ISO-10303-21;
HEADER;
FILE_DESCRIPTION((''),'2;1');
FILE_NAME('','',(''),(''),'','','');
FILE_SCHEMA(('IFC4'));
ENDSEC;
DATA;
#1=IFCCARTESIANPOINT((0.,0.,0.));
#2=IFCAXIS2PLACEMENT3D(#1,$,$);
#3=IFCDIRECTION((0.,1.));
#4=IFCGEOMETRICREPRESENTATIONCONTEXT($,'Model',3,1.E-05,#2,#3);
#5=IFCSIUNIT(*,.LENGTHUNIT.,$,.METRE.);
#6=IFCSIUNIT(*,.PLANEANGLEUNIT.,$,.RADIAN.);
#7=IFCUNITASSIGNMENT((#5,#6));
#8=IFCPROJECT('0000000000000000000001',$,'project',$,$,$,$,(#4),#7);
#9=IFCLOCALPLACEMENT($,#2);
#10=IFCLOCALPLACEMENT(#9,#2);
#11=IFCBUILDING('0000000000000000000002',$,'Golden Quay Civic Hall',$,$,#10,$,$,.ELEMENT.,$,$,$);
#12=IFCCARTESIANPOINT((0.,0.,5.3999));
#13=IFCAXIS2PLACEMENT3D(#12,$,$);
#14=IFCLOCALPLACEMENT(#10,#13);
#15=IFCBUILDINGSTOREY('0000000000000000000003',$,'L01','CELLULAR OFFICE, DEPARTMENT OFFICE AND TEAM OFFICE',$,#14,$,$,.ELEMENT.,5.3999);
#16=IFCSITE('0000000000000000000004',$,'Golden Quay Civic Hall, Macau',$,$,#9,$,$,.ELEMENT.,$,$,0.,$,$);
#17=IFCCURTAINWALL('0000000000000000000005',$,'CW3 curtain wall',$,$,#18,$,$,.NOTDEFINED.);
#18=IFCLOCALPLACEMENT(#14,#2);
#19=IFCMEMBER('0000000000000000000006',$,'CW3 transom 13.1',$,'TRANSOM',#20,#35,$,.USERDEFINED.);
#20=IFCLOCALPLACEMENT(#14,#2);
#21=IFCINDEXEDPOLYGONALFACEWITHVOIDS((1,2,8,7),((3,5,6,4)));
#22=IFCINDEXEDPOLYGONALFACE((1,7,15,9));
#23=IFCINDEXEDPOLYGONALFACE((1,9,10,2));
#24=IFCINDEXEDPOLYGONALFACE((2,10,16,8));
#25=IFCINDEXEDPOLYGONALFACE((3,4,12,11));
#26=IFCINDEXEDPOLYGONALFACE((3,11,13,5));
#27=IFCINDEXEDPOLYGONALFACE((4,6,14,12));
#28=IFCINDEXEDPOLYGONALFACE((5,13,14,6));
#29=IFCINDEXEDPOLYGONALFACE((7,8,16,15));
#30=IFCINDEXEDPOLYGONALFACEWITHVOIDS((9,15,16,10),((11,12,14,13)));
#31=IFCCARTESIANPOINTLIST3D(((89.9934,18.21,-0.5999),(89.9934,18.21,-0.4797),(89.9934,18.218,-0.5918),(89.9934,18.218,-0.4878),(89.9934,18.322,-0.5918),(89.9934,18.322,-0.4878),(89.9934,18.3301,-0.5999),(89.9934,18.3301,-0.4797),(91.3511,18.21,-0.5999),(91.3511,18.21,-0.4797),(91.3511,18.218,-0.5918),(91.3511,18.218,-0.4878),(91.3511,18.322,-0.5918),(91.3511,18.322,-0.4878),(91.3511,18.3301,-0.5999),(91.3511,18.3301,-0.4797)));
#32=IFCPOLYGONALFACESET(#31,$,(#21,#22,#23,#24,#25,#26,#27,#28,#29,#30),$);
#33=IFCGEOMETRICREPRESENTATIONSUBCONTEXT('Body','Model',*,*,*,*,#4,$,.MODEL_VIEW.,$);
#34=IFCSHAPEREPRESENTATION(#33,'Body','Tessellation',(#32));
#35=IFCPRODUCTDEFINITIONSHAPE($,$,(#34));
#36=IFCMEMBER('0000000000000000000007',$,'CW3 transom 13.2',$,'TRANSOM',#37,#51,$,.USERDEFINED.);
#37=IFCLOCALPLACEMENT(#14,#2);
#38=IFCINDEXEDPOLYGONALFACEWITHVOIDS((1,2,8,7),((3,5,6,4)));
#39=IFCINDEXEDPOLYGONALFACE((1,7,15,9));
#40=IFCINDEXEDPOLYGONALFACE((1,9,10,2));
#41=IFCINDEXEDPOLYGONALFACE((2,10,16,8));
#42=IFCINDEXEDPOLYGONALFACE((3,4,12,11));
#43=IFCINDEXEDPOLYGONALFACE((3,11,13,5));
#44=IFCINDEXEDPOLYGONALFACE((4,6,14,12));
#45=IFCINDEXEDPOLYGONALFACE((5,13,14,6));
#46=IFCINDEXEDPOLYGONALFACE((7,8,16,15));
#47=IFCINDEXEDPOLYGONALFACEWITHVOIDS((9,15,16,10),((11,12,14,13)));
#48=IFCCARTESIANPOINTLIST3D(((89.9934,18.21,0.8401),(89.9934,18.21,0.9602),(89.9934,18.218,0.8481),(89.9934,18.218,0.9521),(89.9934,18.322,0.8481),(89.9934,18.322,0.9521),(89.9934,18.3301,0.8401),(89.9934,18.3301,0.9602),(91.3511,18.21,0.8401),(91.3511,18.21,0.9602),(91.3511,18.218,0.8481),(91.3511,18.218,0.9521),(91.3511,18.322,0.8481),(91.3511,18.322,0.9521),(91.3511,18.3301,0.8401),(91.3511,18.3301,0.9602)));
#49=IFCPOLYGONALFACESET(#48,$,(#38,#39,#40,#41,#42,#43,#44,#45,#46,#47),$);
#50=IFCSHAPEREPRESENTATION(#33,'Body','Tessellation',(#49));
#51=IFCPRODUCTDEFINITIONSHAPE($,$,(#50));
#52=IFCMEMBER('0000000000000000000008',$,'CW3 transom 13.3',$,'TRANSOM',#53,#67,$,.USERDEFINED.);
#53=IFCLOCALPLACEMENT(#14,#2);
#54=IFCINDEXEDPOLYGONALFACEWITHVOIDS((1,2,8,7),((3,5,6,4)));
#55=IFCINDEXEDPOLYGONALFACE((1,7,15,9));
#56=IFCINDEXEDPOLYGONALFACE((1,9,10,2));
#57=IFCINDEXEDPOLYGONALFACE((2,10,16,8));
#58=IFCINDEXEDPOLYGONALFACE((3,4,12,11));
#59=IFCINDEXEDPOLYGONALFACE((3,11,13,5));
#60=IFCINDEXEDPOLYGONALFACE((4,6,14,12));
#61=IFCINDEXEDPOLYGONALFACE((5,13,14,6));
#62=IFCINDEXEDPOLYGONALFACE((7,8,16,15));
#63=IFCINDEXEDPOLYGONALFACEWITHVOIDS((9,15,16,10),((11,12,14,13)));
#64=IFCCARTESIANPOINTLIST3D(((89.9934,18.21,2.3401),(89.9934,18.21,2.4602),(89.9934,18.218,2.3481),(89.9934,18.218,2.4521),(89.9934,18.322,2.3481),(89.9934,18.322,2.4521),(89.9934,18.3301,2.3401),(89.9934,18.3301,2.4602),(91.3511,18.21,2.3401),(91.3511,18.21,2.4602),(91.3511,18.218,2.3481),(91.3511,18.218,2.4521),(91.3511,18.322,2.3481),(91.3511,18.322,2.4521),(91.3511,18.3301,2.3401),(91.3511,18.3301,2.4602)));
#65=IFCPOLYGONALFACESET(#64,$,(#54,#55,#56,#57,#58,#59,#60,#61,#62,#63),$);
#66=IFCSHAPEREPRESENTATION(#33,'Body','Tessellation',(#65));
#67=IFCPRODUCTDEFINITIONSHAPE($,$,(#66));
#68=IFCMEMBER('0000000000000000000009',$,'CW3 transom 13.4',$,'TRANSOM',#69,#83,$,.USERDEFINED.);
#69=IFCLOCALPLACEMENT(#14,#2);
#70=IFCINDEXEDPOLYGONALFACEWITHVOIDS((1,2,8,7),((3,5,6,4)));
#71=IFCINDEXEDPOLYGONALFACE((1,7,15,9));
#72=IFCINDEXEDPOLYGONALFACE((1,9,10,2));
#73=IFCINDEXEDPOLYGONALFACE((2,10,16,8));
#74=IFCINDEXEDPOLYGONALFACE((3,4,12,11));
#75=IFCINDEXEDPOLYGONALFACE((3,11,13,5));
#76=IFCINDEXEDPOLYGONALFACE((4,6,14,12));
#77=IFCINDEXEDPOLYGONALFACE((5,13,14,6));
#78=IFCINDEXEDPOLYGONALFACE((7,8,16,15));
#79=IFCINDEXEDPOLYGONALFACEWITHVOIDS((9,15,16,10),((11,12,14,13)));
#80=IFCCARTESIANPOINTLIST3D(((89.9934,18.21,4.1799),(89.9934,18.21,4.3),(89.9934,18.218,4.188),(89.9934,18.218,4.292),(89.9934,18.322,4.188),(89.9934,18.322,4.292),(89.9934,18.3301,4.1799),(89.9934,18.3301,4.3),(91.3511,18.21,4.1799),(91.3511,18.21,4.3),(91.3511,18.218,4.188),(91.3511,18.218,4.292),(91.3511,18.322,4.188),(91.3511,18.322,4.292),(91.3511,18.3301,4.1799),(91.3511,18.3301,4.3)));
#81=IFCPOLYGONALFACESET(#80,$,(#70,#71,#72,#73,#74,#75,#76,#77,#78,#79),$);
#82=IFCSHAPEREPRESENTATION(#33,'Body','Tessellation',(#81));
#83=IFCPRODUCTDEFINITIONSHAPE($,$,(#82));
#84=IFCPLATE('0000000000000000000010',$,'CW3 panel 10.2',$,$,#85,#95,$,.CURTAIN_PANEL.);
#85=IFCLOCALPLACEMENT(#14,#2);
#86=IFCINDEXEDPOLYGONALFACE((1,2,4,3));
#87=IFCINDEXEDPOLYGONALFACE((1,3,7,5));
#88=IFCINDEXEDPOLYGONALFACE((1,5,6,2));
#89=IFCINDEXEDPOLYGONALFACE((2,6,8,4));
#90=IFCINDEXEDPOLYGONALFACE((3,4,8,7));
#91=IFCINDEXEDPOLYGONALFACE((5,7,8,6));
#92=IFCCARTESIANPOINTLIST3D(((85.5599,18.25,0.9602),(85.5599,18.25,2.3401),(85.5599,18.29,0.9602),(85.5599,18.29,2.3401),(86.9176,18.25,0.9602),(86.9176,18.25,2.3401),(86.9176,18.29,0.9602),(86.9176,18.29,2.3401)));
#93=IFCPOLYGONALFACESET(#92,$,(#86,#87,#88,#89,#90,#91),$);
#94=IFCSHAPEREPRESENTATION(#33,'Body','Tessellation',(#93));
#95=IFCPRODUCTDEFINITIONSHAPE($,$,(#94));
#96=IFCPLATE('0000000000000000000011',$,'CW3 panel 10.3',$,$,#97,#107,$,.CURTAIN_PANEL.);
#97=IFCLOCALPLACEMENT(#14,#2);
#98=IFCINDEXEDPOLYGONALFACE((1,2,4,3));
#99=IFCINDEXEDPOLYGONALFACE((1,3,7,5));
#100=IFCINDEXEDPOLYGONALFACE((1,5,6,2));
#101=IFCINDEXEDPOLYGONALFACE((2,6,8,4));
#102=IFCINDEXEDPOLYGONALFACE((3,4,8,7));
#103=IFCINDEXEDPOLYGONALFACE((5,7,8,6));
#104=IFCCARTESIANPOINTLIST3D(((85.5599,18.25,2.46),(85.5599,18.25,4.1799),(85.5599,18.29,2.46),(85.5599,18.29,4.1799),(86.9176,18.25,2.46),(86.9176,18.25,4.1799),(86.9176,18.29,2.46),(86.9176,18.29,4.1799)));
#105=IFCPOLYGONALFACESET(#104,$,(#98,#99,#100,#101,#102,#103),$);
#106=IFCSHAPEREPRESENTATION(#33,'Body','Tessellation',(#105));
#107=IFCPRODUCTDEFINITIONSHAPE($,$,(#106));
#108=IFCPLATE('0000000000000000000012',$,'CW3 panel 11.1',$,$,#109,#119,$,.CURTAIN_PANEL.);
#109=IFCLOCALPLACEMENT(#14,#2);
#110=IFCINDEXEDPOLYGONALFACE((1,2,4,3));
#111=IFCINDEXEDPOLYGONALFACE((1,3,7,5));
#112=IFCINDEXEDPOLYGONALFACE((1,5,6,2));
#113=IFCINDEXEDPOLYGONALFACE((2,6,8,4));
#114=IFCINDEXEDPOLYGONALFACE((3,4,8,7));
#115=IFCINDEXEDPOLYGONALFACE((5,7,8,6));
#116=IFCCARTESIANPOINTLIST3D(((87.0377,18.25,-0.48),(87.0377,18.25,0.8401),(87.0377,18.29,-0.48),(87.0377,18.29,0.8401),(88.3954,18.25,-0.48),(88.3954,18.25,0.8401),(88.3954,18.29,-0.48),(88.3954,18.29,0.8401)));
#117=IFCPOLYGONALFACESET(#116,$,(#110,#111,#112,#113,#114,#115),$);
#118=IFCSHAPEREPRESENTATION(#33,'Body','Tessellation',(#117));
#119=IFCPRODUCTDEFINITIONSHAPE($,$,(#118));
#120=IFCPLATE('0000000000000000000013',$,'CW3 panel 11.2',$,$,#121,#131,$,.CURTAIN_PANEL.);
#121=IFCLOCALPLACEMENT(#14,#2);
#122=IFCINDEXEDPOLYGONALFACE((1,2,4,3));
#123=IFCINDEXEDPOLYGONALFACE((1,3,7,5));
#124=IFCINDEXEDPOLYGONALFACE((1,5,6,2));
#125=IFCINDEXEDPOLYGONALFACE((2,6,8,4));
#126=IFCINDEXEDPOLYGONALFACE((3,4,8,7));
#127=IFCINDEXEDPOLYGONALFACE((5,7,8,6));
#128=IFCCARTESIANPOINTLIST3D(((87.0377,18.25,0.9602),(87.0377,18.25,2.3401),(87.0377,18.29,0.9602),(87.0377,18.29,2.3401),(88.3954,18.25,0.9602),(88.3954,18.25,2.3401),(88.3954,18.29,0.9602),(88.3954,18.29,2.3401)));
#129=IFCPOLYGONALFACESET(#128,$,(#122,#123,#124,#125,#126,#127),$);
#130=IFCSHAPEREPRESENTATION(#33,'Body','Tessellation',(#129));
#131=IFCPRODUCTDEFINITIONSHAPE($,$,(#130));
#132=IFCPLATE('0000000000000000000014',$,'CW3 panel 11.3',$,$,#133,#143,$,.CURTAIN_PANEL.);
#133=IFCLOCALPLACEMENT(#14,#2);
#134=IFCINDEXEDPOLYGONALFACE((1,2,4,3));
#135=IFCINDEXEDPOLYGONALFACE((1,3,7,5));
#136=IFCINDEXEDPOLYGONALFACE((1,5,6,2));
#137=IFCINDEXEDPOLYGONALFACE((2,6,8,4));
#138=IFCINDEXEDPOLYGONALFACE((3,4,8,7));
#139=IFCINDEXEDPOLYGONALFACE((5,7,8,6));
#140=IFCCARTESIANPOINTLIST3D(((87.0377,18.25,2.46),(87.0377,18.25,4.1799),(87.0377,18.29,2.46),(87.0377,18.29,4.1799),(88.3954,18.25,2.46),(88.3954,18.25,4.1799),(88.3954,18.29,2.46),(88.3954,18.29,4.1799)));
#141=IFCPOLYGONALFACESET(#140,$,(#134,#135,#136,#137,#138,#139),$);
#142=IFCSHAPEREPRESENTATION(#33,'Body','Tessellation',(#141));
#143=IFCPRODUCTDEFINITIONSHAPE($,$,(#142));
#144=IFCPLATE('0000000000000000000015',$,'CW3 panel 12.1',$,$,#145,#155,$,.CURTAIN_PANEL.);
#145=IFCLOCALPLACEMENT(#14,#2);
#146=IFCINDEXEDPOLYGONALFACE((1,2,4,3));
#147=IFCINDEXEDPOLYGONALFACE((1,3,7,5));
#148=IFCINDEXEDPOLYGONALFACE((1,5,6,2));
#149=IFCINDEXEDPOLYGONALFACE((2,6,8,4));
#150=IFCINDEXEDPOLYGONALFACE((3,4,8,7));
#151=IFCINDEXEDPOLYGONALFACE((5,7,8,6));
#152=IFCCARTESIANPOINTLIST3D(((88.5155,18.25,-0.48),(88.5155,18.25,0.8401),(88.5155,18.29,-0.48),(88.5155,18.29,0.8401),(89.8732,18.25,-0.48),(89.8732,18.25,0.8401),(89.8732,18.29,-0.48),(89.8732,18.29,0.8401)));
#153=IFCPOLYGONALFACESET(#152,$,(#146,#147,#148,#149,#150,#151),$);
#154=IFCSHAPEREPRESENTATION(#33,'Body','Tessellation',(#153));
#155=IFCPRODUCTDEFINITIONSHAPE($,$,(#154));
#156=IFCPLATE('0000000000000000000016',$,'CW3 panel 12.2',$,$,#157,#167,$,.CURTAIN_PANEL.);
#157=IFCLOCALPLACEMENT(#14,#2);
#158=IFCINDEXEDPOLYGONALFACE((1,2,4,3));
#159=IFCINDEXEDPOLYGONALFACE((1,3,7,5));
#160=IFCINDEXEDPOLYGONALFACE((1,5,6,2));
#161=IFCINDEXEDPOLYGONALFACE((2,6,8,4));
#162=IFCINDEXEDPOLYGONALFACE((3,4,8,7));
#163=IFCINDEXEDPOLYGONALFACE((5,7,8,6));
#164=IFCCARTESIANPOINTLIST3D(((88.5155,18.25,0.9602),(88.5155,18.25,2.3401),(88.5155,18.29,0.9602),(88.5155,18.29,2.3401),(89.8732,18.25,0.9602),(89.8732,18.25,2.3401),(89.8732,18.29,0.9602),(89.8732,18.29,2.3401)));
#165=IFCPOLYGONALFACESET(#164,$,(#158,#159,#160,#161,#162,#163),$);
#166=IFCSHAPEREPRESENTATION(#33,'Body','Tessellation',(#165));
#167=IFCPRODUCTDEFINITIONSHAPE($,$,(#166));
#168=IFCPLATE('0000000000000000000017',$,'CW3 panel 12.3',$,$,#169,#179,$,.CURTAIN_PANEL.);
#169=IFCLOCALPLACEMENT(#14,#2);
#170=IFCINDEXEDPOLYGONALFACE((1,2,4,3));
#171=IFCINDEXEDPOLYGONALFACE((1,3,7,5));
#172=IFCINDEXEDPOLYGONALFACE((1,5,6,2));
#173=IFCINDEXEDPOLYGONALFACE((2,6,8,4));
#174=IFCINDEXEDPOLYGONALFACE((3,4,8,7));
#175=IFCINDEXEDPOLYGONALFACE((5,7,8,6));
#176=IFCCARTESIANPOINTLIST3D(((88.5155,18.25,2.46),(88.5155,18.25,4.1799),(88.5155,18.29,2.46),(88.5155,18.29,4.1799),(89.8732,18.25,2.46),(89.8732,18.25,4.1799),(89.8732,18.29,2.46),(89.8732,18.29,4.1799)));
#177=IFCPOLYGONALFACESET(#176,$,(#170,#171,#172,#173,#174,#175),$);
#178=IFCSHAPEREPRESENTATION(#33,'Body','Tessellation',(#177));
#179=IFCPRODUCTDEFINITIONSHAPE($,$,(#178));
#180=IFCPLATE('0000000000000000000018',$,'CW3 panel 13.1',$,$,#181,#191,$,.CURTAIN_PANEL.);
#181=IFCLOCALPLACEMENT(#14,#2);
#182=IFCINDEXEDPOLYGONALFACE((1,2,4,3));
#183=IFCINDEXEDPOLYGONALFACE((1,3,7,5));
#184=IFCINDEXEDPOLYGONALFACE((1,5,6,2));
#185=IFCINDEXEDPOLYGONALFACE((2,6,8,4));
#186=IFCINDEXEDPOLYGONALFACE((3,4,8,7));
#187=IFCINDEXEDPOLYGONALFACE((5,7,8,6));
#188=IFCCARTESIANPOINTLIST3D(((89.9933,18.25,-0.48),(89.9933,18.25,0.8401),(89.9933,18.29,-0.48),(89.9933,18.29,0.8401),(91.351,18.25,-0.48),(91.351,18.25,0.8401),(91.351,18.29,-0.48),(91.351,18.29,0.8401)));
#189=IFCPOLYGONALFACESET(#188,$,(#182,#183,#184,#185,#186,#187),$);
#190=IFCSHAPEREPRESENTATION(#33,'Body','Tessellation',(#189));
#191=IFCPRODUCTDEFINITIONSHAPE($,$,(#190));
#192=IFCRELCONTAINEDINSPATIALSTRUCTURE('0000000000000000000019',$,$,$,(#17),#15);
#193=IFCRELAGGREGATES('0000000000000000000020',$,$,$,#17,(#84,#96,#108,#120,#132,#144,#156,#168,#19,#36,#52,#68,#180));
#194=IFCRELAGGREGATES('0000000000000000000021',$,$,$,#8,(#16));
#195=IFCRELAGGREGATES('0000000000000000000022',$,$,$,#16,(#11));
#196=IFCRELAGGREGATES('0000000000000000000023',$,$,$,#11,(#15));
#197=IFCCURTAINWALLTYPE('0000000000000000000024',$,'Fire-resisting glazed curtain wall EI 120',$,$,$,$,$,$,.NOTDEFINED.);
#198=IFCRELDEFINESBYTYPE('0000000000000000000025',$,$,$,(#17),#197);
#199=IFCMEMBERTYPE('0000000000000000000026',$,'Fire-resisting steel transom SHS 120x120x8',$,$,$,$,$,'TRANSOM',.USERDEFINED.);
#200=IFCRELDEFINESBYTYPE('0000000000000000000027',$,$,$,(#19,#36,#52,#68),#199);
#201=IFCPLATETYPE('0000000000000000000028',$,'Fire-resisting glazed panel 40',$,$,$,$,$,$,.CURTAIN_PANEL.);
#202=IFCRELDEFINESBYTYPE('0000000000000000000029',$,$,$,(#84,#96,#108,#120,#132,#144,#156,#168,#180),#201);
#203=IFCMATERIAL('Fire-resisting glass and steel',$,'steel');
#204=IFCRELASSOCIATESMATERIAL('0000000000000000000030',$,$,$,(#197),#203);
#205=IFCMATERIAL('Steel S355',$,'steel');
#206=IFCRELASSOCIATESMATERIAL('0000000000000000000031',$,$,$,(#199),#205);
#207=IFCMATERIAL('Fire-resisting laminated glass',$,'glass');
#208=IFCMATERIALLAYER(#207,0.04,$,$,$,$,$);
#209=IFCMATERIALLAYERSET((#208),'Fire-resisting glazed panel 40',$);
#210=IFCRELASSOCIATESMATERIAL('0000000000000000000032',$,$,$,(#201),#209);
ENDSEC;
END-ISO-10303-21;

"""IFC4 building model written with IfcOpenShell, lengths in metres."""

from ifc_helpers import new_model, si_unit, direction, frame, origin, origin_2d, place, context, subcontext, project, spatial, rectangle, hollow_rectangle, extrude, material, layer, layer_set, material_profile, profile_set, type_object, element, aggregate, save


model = new_model("IFC4")

# Units and contexts
model_context = context("Model", 3, precision=1e-05, world=origin(), true_north=direction((0.0, 1.0)))
body_context = subcontext(model_context, "Body", "Model", "MODEL_VIEW")
ifc_project = project(units=[si_unit("LENGTHUNIT", "METRE"), si_unit("PLANEANGLEUNIT", "RADIAN")], contexts=[model_context])

# Site, building, storey
site_placement = place(None, origin())
site = spatial("IfcSite", under=ifc_project, at=site_placement, Name="Golden Quay Civic Hall, Macau", CompositionType="ELEMENT", RefElevation=0.0)
building_placement = place(site_placement, origin())
building = spatial("IfcBuilding", under=site, at=building_placement, Name="Golden Quay Civic Hall", CompositionType="ELEMENT")
storey_placement = place(building_placement, frame((0.0, 0.0, 5.3999)))
storey = spatial("IfcBuildingStorey", under=building, at=storey_placement, Name="L01", Description="CELLULAR OFFICE, DEPARTMENT OFFICE AND TEAM OFFICE", CompositionType="ELEMENT", Elevation=5.3999)

# Curtain wall, members, plates
ifc_material_1 = material(Name="Fire-resisting glass and steel", Category="steel")
curtain_wall_type = type_object("IfcCurtainWallType", Name="Fire-resisting glazed curtain wall EI 120", PredefinedType="NOTDEFINED", material=ifc_material_1)
curtain_wall_placement = place(storey_placement, origin())
curtain_wall = element("IfcCurtainWall", 1, at=curtain_wall_placement, inside=storey, type_object=curtain_wall_type, Name="CW3 curtain wall", PredefinedType="NOTDEFINED")
ifc_material_2 = material(Name="Steel S355", Category="steel")
ifc_material_profile_1 = material_profile(ifc_material_2, hollow_rectangle(XDim=0.1201, YDim=0.1201, WallThickness=0.0081, at=origin_2d()), Name="SHS 120x120x8")
ifc_profile_set_1 = profile_set([ifc_material_profile_1], Name="Steel S355")
member_type_1 = type_object("IfcMemberType", Name="Fire-resisting steel transom SHS 120x120x8", ElementType="TRANSOM", PredefinedType="USERDEFINED", material=ifc_profile_set_1)
member_1_placement = place(storey_placement, frame((89.9934, 18.27, -0.5398), z_axis=(1.0, 0.0, 0.0), x_axis=(0.0, 1.0, 0.0)))
member_1 = element("IfcMember", 2, at=member_1_placement, type_object=member_type_1, Name="CW3 transom 13.1", ObjectType="TRANSOM", PredefinedType="USERDEFINED", context=body_context, shape_type="SweptSolid", body=[
    extrude(hollow_rectangle(XDim=0.1201, YDim=0.1201, WallThickness=0.0081, at=origin_2d()), origin(), (0.0, 0.0, 1.0), 1.3577),
])
member_2_placement = place(storey_placement, frame((89.9934, 18.27, 0.9001), z_axis=(1.0, 0.0, 0.0), x_axis=(0.0, 1.0, 0.0)))
member_2 = element("IfcMember", 3, at=member_2_placement, type_object=member_type_1, Name="CW3 transom 13.2", ObjectType="TRANSOM", PredefinedType="USERDEFINED", context=body_context, shape_type="SweptSolid", body=[
    extrude(hollow_rectangle(XDim=0.1201, YDim=0.1201, WallThickness=0.0081, at=origin_2d()), origin(), (0.0, 0.0, 1.0), 1.3577),
])
member_3_placement = place(storey_placement, frame((89.9934, 18.27, 2.4001), z_axis=(1.0, 0.0, 0.0), x_axis=(0.0, 1.0, 0.0)))
member_3 = element("IfcMember", 4, at=member_3_placement, type_object=member_type_1, Name="CW3 transom 13.3", ObjectType="TRANSOM", PredefinedType="USERDEFINED", context=body_context, shape_type="SweptSolid", body=[
    extrude(hollow_rectangle(XDim=0.1201, YDim=0.1201, WallThickness=0.0081, at=origin_2d()), origin(), (0.0, 0.0, 1.0), 1.3577),
])
member_4_placement = place(storey_placement, frame((89.9934, 18.27, 4.24), z_axis=(1.0, 0.0, 0.0), x_axis=(0.0, 1.0, 0.0)))
member_4 = element("IfcMember", 5, at=member_4_placement, type_object=member_type_1, Name="CW3 transom 13.4", ObjectType="TRANSOM", PredefinedType="USERDEFINED", context=body_context, shape_type="SweptSolid", body=[
    extrude(hollow_rectangle(XDim=0.1201, YDim=0.1201, WallThickness=0.0081, at=origin_2d()), origin(), (0.0, 0.0, 1.0), 1.3577),
])
ifc_material_3 = material(Name="Fire-resisting laminated glass", Category="glass")
ifc_layer = layer(ifc_material_3, 0.04)
ifc_layer_set = layer_set([ifc_layer], Name="Fire-resisting glazed panel 40")
plate_type = type_object("IfcPlateType", Name="Fire-resisting glazed panel 40", PredefinedType="CURTAIN_PANEL", material=ifc_layer_set)
plate_1_placement = place(storey_placement, frame((86.2388, 18.27, 0.9602), z_axis=(0.0, 0.0, 1.0), x_axis=(1.0, 0.0, 0.0)))
plate_1 = element("IfcPlate", 6, at=plate_1_placement, type_object=plate_type, Name="CW3 panel 10.2", PredefinedType="CURTAIN_PANEL", context=body_context, shape_type="SweptSolid", body=[
    extrude(rectangle(XDim=1.3577, YDim=0.04, at=origin_2d()), origin(), (0.0, 0.0, 1.0), 1.3799),
])
plate_2_placement = place(storey_placement, frame((86.2388, 18.27, 2.46), z_axis=(0.0, 0.0, 1.0), x_axis=(1.0, 0.0, 0.0)))
plate_2 = element("IfcPlate", 7, at=plate_2_placement, type_object=plate_type, Name="CW3 panel 10.3", PredefinedType="CURTAIN_PANEL", context=body_context, shape_type="SweptSolid", body=[
    extrude(rectangle(XDim=1.3577, YDim=0.04, at=origin_2d()), origin(), (0.0, 0.0, 1.0), 1.72),
])
plate_3_placement = place(storey_placement, frame((87.7166, 18.27, -0.48), z_axis=(0.0, 0.0, 1.0), x_axis=(1.0, 0.0, 0.0)))
plate_3 = element("IfcPlate", 8, at=plate_3_placement, type_object=plate_type, Name="CW3 panel 11.1", PredefinedType="CURTAIN_PANEL", context=body_context, shape_type="SweptSolid", body=[
    extrude(rectangle(XDim=1.3577, YDim=0.04, at=origin_2d()), origin(), (0.0, 0.0, 1.0), 1.3201),
])
plate_4_placement = place(storey_placement, frame((87.7166, 18.27, 0.9602), z_axis=(0.0, 0.0, 1.0), x_axis=(1.0, 0.0, 0.0)))
plate_4 = element("IfcPlate", 9, at=plate_4_placement, type_object=plate_type, Name="CW3 panel 11.2", PredefinedType="CURTAIN_PANEL", context=body_context, shape_type="SweptSolid", body=[
    extrude(rectangle(XDim=1.3577, YDim=0.04, at=origin_2d()), origin(), (0.0, 0.0, 1.0), 1.3799),
])
plate_5_placement = place(storey_placement, frame((87.7166, 18.27, 2.46), z_axis=(0.0, 0.0, 1.0), x_axis=(1.0, 0.0, 0.0)))
plate_5 = element("IfcPlate", 10, at=plate_5_placement, type_object=plate_type, Name="CW3 panel 11.3", PredefinedType="CURTAIN_PANEL", context=body_context, shape_type="SweptSolid", body=[
    extrude(rectangle(XDim=1.3577, YDim=0.04, at=origin_2d()), origin(), (0.0, 0.0, 1.0), 1.72),
])
plate_6_placement = place(storey_placement, frame((89.1943, 18.27, -0.48), z_axis=(0.0, 0.0, 1.0), x_axis=(1.0, 0.0, 0.0)))
plate_6 = element("IfcPlate", 11, at=plate_6_placement, type_object=plate_type, Name="CW3 panel 12.1", PredefinedType="CURTAIN_PANEL", context=body_context, shape_type="SweptSolid", body=[
    extrude(rectangle(XDim=1.3577, YDim=0.04, at=origin_2d()), origin(), (0.0, 0.0, 1.0), 1.3201),
])
plate_7_placement = place(storey_placement, frame((89.1943, 18.27, 0.9602), z_axis=(0.0, 0.0, 1.0), x_axis=(1.0, 0.0, 0.0)))
plate_7 = element("IfcPlate", 12, at=plate_7_placement, type_object=plate_type, Name="CW3 panel 12.2", PredefinedType="CURTAIN_PANEL", context=body_context, shape_type="SweptSolid", body=[
    extrude(rectangle(XDim=1.3577, YDim=0.04, at=origin_2d()), origin(), (0.0, 0.0, 1.0), 1.3799),
])
plate_8_placement = place(storey_placement, frame((89.1943, 18.27, 2.46), z_axis=(0.0, 0.0, 1.0), x_axis=(1.0, 0.0, 0.0)))
plate_8 = element("IfcPlate", 13, at=plate_8_placement, type_object=plate_type, Name="CW3 panel 12.3", PredefinedType="CURTAIN_PANEL", context=body_context, shape_type="SweptSolid", body=[
    extrude(rectangle(XDim=1.3577, YDim=0.04, at=origin_2d()), origin(), (0.0, 0.0, 1.0), 1.72),
])
plate_9_placement = place(storey_placement, frame((90.6721, 18.27, -0.48), z_axis=(0.0, 0.0, 1.0), x_axis=(1.0, 0.0, 0.0)))
plate_9 = element("IfcPlate", 14, at=plate_9_placement, type_object=plate_type, Name="CW3 panel 13.1", PredefinedType="CURTAIN_PANEL", context=body_context, shape_type="SweptSolid", body=[
    extrude(rectangle(XDim=1.3577, YDim=0.04, at=origin_2d()), origin(), (0.0, 0.0, 1.0), 1.3201),
])
aggregate(curtain_wall, [plate_1, plate_2, plate_3, plate_4, plate_5, plate_6, plate_7, plate_8, member_1, member_2, member_3, member_4, plate_9])

save(model, "model.ifc")
